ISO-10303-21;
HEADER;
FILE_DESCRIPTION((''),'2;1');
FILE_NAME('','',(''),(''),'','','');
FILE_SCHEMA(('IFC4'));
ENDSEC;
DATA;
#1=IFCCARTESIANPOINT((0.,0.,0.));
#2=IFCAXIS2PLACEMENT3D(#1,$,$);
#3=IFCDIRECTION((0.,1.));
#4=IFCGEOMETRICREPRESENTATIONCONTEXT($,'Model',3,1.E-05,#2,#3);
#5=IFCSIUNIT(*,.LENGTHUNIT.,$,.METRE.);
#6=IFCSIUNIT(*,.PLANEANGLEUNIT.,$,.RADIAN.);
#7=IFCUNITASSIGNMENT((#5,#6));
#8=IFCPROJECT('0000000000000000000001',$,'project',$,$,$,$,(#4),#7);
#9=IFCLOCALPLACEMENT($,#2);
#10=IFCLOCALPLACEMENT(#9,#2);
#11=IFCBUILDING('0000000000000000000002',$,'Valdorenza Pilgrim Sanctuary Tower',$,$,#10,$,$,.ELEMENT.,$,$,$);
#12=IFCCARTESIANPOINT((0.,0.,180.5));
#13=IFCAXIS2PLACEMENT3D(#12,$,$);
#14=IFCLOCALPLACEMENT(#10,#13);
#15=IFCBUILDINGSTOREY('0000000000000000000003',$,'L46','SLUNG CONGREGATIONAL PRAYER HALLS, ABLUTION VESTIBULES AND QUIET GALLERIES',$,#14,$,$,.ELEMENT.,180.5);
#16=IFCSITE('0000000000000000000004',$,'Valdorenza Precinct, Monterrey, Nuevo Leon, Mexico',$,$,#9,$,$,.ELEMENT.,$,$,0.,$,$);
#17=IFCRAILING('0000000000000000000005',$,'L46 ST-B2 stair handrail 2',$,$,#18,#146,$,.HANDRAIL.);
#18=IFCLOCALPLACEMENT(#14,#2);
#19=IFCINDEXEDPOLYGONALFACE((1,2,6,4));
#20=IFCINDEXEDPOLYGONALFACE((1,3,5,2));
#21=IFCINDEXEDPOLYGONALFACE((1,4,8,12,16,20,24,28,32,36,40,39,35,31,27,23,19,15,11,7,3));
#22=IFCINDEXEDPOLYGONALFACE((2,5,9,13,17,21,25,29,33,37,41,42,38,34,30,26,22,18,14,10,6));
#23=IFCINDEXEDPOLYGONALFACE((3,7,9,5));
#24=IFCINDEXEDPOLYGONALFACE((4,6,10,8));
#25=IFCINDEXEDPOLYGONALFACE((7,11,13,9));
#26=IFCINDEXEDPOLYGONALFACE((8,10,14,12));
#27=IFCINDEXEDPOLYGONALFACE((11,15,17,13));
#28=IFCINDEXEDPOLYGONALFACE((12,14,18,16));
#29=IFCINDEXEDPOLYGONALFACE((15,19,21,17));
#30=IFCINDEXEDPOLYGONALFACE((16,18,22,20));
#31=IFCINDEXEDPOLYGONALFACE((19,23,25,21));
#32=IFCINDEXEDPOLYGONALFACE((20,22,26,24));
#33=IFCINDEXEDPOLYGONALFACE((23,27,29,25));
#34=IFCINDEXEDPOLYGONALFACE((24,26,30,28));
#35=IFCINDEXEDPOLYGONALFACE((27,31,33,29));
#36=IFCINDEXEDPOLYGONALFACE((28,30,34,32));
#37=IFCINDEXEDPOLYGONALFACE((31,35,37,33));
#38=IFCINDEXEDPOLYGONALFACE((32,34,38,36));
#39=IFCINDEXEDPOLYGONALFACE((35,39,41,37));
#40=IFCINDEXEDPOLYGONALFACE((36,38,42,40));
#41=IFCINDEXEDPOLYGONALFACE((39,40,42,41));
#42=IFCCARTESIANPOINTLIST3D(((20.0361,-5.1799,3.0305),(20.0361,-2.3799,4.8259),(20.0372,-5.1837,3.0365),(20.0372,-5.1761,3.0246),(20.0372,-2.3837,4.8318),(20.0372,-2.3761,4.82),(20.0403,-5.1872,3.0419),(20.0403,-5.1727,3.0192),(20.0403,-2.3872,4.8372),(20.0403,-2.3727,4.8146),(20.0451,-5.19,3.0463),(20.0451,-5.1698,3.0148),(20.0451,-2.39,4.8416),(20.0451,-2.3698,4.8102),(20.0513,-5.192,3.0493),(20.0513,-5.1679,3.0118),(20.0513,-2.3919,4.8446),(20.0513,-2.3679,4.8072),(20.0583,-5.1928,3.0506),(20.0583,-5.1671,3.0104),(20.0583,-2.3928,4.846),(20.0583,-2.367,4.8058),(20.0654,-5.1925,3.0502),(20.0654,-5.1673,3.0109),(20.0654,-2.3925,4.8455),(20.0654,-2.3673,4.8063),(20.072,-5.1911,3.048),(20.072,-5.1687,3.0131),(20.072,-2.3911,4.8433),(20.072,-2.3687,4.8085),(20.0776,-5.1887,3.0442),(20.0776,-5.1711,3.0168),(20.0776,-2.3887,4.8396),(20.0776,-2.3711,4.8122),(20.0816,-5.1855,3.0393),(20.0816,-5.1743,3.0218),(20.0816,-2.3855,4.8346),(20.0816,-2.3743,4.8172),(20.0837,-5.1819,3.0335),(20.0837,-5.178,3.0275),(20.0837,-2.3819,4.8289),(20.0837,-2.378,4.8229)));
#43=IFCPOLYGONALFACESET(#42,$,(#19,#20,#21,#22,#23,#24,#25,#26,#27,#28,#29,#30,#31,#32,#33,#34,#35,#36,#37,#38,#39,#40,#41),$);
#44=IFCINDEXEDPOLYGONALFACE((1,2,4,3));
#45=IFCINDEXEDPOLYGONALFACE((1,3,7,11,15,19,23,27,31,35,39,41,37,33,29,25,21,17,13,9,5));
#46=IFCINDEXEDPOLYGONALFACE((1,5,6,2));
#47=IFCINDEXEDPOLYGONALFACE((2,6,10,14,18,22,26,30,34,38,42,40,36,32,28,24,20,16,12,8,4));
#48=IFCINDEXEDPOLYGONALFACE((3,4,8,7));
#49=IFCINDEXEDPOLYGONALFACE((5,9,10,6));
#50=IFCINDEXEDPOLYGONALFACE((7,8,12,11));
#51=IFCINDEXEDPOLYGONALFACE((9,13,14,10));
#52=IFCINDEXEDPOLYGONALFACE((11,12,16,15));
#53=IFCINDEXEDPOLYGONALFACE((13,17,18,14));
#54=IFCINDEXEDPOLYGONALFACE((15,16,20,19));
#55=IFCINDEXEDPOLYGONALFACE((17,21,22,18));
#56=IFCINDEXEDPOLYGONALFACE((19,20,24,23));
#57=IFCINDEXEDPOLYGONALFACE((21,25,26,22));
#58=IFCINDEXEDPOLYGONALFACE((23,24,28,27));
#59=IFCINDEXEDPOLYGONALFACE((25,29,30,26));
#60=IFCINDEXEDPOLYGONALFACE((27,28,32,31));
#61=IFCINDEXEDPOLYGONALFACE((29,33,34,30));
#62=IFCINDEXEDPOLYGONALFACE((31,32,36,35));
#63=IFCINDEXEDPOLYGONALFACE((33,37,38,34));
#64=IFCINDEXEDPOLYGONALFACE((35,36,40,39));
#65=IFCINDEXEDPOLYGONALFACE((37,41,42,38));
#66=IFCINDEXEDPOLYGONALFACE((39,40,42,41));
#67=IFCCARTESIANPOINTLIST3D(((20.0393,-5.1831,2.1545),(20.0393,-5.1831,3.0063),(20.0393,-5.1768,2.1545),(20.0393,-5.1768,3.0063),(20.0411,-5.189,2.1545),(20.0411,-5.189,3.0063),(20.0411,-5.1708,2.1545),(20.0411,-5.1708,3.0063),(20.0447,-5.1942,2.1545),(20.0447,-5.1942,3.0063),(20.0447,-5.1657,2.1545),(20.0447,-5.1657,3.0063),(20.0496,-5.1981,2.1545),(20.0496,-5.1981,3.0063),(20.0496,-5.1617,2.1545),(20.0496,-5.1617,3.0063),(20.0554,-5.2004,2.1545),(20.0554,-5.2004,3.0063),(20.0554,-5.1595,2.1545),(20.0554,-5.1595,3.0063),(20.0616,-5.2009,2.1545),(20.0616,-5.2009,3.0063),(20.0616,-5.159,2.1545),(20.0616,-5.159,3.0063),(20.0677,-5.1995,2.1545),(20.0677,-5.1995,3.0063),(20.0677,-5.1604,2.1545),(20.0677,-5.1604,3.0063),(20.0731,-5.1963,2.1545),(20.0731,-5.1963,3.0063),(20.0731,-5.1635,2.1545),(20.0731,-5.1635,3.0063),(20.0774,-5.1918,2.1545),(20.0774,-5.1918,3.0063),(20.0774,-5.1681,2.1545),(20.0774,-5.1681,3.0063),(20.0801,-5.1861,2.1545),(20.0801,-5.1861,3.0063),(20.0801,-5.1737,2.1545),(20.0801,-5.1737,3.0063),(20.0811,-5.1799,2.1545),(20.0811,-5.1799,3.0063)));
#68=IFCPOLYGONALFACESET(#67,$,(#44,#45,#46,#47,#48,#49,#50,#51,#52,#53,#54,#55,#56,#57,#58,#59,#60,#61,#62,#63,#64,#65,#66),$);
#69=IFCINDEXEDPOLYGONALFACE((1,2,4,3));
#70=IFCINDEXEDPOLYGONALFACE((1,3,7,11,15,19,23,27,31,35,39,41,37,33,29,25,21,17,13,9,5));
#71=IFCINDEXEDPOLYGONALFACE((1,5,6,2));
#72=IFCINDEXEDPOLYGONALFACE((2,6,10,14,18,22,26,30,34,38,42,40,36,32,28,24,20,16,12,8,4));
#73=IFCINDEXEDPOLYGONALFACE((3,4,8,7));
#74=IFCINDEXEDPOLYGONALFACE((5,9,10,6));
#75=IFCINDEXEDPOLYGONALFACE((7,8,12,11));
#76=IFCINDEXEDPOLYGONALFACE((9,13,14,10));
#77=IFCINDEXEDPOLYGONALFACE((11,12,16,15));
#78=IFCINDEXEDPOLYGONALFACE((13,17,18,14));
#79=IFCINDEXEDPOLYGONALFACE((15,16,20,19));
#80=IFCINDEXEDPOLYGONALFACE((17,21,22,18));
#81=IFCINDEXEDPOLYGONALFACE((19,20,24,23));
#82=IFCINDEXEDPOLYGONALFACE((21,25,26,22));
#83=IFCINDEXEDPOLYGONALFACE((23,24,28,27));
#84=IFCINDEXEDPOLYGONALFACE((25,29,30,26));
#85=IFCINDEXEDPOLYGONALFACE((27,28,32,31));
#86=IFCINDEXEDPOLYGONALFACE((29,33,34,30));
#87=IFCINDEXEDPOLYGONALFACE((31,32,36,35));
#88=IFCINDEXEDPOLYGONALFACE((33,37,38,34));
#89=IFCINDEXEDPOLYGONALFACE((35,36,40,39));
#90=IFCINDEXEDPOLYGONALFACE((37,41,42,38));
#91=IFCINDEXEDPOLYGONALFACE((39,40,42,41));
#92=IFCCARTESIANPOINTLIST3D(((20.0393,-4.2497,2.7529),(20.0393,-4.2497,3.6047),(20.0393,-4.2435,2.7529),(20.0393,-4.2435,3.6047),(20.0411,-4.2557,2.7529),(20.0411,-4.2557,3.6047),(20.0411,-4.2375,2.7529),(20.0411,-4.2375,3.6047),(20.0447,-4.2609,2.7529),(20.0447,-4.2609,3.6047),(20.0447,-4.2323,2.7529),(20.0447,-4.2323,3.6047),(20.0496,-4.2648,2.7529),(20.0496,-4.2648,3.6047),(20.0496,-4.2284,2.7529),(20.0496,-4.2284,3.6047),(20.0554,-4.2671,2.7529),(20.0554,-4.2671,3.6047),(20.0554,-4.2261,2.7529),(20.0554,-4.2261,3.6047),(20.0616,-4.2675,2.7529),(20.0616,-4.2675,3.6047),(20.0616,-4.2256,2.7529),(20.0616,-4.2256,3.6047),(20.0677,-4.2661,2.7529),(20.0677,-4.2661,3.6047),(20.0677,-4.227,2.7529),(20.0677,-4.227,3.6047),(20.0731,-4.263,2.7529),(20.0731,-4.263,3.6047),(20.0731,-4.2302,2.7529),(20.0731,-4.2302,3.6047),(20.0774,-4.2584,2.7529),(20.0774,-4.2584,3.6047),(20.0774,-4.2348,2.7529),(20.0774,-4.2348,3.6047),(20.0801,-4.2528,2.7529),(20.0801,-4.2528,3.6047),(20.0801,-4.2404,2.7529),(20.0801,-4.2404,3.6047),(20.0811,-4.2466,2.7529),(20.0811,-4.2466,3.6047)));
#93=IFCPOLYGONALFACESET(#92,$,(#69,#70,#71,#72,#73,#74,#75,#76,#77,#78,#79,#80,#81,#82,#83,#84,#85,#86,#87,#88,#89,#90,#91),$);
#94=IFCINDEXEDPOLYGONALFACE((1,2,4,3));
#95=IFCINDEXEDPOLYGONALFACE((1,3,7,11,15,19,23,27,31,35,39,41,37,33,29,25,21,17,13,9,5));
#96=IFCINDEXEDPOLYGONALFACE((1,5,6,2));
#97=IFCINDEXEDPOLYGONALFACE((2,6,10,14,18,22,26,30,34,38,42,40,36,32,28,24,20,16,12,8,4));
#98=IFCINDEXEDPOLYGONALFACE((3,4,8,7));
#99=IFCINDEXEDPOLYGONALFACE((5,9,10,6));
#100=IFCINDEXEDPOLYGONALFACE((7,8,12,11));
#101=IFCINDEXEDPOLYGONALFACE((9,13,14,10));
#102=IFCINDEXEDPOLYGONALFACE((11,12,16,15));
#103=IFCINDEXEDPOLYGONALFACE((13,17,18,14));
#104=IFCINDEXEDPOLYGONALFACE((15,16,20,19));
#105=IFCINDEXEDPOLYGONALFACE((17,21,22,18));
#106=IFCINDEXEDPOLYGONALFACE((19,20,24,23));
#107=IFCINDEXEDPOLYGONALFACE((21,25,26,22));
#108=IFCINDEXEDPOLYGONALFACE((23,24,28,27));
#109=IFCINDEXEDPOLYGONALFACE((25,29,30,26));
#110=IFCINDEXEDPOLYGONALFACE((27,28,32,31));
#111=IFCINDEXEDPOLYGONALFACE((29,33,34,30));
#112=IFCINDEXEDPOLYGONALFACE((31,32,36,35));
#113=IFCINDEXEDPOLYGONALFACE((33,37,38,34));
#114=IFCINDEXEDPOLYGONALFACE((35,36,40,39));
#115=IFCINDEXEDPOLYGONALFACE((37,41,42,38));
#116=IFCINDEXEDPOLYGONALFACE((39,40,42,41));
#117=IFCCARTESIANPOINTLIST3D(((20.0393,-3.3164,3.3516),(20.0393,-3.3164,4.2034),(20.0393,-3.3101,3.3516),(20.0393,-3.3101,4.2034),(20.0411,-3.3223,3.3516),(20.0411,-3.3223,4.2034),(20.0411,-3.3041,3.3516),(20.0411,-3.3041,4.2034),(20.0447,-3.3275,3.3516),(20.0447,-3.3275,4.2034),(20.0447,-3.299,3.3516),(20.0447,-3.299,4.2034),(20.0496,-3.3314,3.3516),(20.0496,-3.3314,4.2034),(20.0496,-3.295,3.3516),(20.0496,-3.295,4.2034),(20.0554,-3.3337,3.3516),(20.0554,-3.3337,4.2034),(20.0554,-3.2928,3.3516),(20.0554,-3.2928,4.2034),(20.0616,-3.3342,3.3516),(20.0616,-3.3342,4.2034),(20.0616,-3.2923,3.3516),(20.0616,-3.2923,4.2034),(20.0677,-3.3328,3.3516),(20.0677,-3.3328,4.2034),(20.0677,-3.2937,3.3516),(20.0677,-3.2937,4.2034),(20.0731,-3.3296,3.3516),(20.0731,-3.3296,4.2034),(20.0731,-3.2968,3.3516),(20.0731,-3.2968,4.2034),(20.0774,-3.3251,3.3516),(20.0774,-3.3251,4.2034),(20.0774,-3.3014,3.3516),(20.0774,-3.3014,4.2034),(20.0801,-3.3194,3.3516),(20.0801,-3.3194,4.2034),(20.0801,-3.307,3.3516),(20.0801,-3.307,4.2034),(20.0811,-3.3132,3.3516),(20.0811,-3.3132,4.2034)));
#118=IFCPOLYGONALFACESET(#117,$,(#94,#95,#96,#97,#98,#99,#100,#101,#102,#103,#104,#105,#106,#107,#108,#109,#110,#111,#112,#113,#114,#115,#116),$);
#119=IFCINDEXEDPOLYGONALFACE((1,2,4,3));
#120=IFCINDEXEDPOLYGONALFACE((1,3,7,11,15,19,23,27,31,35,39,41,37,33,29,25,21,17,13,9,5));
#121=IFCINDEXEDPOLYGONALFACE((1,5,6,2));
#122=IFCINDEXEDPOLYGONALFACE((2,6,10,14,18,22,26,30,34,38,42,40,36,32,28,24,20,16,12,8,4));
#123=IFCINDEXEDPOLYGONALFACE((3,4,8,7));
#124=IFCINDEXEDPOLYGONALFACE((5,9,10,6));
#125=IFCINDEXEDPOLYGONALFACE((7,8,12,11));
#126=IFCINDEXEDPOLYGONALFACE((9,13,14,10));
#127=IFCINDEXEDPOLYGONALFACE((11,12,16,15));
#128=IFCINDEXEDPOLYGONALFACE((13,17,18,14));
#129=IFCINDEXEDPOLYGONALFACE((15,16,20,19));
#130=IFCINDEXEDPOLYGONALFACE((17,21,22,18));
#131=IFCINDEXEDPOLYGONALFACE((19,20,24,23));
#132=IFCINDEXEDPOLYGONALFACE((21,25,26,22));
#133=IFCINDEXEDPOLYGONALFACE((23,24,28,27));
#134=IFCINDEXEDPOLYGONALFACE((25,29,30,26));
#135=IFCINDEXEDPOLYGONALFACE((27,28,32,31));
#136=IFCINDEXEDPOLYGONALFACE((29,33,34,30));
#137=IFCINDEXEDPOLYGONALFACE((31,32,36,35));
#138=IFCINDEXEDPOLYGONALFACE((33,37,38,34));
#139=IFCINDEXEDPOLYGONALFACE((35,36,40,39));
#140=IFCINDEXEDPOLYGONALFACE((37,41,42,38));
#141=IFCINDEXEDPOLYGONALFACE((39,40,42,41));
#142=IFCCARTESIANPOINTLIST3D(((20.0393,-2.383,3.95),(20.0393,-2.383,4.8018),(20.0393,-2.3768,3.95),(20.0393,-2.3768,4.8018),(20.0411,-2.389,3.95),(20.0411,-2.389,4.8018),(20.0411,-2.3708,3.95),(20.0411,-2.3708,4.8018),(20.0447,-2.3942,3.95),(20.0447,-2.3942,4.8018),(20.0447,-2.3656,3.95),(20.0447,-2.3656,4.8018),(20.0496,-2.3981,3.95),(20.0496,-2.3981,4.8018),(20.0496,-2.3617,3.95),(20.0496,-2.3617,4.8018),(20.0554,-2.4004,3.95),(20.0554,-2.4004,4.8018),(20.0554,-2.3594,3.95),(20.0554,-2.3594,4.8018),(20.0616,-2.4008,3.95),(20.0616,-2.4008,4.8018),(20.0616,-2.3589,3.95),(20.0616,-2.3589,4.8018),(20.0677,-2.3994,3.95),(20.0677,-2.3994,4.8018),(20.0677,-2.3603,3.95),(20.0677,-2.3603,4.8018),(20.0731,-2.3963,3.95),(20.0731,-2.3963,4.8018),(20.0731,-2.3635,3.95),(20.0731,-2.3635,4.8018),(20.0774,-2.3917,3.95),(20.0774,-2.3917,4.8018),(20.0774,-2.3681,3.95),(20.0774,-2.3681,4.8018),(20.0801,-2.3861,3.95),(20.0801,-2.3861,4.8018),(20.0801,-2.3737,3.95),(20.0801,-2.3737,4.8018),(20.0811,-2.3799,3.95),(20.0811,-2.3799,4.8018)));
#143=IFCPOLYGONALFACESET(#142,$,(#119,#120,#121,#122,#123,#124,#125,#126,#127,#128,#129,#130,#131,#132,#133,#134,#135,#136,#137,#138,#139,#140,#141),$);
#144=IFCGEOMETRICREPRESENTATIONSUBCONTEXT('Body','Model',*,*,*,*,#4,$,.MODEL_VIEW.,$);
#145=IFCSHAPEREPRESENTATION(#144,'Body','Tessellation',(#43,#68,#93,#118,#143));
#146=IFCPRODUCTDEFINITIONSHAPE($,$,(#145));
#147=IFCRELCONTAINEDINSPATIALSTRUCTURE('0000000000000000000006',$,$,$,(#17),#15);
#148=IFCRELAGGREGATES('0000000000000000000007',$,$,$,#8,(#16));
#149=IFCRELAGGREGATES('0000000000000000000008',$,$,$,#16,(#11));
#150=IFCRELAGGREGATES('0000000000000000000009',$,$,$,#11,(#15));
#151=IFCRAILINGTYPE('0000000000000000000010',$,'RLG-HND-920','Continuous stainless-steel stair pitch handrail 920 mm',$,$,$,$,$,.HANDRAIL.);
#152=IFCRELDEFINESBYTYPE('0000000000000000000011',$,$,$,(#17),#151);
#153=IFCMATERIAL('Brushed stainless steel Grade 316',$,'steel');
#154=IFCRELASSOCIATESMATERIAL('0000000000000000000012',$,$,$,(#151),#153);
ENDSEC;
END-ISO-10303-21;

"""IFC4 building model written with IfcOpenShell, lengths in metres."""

from ifc_helpers import new_model, si_unit, direction, frame, origin, origin_2d, place, context, subcontext, project, spatial, circle, extrude, material, type_object, element, save


model = new_model("IFC4")

# Units and contexts
model_context = context("Model", 3, precision=1e-05, world=origin(), true_north=direction((0.0, 1.0)))
body_context = subcontext(model_context, "Body", "Model", "MODEL_VIEW")
ifc_project = project(units=[si_unit("LENGTHUNIT", "METRE"), si_unit("PLANEANGLEUNIT", "RADIAN")], contexts=[model_context])

# Site, building, storey
site_placement = place(None, origin())
site = spatial("IfcSite", under=ifc_project, at=site_placement, Name="Valdorenza Precinct, Monterrey, Nuevo Leon, Mexico", CompositionType="ELEMENT", RefElevation=0.0)
building_placement = place(site_placement, origin())
building = spatial("IfcBuilding", under=site, at=building_placement, Name="Valdorenza Pilgrim Sanctuary Tower", CompositionType="ELEMENT")
storey_placement = place(building_placement, frame((0.0, 0.0, 180.5)))
storey = spatial("IfcBuildingStorey", under=building, at=storey_placement, Name="L46", Description="SLUNG CONGREGATIONAL PRAYER HALLS, ABLUTION VESTIBULES AND QUIET GALLERIES", CompositionType="ELEMENT", Elevation=180.5)

# Railing
ifc_material_1 = material(Name="Brushed stainless steel Grade 316", Category="steel")
railing_type_1 = type_object("IfcRailingType", Name="RLG-HND-920", Description="Continuous stainless-steel stair pitch handrail 920 mm", PredefinedType="HANDRAIL", material=ifc_material_1)
railing_1_placement = place(storey_placement, frame((20.0601, -5.1799, 2.1545)))
element("IfcRailing", 1, at=railing_1_placement, inside=storey, type_object=railing_type_1, Name="L46 ST-B2 stair handrail 2", PredefinedType="HANDRAIL", context=body_context, shape_type="SweptSolid", body=[
    extrude(circle(Radius=0.0239, at=origin_2d()), frame((0.0, 0.0, 0.876), z_axis=(0.0, 0.84181, 0.539774), x_axis=(-1.0, 0.0, 0.0)), (0.0, 0.0, 1.0), 3.3262),
    extrude(circle(Radius=0.021, at=origin_2d()), origin(), (0.0, 0.0, 1.0), 0.8518),
    extrude(circle(Radius=0.021, at=origin_2d()), frame((0.0, 0.9333, 0.5984)), (0.0, 0.0, 1.0), 0.8518),
    extrude(circle(Radius=0.021, at=origin_2d()), frame((0.0, 1.8667, 1.197)), (0.0, 0.0, 1.0), 0.8518),
    extrude(circle(Radius=0.021, at=origin_2d()), frame((0.0, 2.8, 1.7954)), (0.0, 0.0, 1.0), 0.8518),
])

save(model, "model.ifc")
